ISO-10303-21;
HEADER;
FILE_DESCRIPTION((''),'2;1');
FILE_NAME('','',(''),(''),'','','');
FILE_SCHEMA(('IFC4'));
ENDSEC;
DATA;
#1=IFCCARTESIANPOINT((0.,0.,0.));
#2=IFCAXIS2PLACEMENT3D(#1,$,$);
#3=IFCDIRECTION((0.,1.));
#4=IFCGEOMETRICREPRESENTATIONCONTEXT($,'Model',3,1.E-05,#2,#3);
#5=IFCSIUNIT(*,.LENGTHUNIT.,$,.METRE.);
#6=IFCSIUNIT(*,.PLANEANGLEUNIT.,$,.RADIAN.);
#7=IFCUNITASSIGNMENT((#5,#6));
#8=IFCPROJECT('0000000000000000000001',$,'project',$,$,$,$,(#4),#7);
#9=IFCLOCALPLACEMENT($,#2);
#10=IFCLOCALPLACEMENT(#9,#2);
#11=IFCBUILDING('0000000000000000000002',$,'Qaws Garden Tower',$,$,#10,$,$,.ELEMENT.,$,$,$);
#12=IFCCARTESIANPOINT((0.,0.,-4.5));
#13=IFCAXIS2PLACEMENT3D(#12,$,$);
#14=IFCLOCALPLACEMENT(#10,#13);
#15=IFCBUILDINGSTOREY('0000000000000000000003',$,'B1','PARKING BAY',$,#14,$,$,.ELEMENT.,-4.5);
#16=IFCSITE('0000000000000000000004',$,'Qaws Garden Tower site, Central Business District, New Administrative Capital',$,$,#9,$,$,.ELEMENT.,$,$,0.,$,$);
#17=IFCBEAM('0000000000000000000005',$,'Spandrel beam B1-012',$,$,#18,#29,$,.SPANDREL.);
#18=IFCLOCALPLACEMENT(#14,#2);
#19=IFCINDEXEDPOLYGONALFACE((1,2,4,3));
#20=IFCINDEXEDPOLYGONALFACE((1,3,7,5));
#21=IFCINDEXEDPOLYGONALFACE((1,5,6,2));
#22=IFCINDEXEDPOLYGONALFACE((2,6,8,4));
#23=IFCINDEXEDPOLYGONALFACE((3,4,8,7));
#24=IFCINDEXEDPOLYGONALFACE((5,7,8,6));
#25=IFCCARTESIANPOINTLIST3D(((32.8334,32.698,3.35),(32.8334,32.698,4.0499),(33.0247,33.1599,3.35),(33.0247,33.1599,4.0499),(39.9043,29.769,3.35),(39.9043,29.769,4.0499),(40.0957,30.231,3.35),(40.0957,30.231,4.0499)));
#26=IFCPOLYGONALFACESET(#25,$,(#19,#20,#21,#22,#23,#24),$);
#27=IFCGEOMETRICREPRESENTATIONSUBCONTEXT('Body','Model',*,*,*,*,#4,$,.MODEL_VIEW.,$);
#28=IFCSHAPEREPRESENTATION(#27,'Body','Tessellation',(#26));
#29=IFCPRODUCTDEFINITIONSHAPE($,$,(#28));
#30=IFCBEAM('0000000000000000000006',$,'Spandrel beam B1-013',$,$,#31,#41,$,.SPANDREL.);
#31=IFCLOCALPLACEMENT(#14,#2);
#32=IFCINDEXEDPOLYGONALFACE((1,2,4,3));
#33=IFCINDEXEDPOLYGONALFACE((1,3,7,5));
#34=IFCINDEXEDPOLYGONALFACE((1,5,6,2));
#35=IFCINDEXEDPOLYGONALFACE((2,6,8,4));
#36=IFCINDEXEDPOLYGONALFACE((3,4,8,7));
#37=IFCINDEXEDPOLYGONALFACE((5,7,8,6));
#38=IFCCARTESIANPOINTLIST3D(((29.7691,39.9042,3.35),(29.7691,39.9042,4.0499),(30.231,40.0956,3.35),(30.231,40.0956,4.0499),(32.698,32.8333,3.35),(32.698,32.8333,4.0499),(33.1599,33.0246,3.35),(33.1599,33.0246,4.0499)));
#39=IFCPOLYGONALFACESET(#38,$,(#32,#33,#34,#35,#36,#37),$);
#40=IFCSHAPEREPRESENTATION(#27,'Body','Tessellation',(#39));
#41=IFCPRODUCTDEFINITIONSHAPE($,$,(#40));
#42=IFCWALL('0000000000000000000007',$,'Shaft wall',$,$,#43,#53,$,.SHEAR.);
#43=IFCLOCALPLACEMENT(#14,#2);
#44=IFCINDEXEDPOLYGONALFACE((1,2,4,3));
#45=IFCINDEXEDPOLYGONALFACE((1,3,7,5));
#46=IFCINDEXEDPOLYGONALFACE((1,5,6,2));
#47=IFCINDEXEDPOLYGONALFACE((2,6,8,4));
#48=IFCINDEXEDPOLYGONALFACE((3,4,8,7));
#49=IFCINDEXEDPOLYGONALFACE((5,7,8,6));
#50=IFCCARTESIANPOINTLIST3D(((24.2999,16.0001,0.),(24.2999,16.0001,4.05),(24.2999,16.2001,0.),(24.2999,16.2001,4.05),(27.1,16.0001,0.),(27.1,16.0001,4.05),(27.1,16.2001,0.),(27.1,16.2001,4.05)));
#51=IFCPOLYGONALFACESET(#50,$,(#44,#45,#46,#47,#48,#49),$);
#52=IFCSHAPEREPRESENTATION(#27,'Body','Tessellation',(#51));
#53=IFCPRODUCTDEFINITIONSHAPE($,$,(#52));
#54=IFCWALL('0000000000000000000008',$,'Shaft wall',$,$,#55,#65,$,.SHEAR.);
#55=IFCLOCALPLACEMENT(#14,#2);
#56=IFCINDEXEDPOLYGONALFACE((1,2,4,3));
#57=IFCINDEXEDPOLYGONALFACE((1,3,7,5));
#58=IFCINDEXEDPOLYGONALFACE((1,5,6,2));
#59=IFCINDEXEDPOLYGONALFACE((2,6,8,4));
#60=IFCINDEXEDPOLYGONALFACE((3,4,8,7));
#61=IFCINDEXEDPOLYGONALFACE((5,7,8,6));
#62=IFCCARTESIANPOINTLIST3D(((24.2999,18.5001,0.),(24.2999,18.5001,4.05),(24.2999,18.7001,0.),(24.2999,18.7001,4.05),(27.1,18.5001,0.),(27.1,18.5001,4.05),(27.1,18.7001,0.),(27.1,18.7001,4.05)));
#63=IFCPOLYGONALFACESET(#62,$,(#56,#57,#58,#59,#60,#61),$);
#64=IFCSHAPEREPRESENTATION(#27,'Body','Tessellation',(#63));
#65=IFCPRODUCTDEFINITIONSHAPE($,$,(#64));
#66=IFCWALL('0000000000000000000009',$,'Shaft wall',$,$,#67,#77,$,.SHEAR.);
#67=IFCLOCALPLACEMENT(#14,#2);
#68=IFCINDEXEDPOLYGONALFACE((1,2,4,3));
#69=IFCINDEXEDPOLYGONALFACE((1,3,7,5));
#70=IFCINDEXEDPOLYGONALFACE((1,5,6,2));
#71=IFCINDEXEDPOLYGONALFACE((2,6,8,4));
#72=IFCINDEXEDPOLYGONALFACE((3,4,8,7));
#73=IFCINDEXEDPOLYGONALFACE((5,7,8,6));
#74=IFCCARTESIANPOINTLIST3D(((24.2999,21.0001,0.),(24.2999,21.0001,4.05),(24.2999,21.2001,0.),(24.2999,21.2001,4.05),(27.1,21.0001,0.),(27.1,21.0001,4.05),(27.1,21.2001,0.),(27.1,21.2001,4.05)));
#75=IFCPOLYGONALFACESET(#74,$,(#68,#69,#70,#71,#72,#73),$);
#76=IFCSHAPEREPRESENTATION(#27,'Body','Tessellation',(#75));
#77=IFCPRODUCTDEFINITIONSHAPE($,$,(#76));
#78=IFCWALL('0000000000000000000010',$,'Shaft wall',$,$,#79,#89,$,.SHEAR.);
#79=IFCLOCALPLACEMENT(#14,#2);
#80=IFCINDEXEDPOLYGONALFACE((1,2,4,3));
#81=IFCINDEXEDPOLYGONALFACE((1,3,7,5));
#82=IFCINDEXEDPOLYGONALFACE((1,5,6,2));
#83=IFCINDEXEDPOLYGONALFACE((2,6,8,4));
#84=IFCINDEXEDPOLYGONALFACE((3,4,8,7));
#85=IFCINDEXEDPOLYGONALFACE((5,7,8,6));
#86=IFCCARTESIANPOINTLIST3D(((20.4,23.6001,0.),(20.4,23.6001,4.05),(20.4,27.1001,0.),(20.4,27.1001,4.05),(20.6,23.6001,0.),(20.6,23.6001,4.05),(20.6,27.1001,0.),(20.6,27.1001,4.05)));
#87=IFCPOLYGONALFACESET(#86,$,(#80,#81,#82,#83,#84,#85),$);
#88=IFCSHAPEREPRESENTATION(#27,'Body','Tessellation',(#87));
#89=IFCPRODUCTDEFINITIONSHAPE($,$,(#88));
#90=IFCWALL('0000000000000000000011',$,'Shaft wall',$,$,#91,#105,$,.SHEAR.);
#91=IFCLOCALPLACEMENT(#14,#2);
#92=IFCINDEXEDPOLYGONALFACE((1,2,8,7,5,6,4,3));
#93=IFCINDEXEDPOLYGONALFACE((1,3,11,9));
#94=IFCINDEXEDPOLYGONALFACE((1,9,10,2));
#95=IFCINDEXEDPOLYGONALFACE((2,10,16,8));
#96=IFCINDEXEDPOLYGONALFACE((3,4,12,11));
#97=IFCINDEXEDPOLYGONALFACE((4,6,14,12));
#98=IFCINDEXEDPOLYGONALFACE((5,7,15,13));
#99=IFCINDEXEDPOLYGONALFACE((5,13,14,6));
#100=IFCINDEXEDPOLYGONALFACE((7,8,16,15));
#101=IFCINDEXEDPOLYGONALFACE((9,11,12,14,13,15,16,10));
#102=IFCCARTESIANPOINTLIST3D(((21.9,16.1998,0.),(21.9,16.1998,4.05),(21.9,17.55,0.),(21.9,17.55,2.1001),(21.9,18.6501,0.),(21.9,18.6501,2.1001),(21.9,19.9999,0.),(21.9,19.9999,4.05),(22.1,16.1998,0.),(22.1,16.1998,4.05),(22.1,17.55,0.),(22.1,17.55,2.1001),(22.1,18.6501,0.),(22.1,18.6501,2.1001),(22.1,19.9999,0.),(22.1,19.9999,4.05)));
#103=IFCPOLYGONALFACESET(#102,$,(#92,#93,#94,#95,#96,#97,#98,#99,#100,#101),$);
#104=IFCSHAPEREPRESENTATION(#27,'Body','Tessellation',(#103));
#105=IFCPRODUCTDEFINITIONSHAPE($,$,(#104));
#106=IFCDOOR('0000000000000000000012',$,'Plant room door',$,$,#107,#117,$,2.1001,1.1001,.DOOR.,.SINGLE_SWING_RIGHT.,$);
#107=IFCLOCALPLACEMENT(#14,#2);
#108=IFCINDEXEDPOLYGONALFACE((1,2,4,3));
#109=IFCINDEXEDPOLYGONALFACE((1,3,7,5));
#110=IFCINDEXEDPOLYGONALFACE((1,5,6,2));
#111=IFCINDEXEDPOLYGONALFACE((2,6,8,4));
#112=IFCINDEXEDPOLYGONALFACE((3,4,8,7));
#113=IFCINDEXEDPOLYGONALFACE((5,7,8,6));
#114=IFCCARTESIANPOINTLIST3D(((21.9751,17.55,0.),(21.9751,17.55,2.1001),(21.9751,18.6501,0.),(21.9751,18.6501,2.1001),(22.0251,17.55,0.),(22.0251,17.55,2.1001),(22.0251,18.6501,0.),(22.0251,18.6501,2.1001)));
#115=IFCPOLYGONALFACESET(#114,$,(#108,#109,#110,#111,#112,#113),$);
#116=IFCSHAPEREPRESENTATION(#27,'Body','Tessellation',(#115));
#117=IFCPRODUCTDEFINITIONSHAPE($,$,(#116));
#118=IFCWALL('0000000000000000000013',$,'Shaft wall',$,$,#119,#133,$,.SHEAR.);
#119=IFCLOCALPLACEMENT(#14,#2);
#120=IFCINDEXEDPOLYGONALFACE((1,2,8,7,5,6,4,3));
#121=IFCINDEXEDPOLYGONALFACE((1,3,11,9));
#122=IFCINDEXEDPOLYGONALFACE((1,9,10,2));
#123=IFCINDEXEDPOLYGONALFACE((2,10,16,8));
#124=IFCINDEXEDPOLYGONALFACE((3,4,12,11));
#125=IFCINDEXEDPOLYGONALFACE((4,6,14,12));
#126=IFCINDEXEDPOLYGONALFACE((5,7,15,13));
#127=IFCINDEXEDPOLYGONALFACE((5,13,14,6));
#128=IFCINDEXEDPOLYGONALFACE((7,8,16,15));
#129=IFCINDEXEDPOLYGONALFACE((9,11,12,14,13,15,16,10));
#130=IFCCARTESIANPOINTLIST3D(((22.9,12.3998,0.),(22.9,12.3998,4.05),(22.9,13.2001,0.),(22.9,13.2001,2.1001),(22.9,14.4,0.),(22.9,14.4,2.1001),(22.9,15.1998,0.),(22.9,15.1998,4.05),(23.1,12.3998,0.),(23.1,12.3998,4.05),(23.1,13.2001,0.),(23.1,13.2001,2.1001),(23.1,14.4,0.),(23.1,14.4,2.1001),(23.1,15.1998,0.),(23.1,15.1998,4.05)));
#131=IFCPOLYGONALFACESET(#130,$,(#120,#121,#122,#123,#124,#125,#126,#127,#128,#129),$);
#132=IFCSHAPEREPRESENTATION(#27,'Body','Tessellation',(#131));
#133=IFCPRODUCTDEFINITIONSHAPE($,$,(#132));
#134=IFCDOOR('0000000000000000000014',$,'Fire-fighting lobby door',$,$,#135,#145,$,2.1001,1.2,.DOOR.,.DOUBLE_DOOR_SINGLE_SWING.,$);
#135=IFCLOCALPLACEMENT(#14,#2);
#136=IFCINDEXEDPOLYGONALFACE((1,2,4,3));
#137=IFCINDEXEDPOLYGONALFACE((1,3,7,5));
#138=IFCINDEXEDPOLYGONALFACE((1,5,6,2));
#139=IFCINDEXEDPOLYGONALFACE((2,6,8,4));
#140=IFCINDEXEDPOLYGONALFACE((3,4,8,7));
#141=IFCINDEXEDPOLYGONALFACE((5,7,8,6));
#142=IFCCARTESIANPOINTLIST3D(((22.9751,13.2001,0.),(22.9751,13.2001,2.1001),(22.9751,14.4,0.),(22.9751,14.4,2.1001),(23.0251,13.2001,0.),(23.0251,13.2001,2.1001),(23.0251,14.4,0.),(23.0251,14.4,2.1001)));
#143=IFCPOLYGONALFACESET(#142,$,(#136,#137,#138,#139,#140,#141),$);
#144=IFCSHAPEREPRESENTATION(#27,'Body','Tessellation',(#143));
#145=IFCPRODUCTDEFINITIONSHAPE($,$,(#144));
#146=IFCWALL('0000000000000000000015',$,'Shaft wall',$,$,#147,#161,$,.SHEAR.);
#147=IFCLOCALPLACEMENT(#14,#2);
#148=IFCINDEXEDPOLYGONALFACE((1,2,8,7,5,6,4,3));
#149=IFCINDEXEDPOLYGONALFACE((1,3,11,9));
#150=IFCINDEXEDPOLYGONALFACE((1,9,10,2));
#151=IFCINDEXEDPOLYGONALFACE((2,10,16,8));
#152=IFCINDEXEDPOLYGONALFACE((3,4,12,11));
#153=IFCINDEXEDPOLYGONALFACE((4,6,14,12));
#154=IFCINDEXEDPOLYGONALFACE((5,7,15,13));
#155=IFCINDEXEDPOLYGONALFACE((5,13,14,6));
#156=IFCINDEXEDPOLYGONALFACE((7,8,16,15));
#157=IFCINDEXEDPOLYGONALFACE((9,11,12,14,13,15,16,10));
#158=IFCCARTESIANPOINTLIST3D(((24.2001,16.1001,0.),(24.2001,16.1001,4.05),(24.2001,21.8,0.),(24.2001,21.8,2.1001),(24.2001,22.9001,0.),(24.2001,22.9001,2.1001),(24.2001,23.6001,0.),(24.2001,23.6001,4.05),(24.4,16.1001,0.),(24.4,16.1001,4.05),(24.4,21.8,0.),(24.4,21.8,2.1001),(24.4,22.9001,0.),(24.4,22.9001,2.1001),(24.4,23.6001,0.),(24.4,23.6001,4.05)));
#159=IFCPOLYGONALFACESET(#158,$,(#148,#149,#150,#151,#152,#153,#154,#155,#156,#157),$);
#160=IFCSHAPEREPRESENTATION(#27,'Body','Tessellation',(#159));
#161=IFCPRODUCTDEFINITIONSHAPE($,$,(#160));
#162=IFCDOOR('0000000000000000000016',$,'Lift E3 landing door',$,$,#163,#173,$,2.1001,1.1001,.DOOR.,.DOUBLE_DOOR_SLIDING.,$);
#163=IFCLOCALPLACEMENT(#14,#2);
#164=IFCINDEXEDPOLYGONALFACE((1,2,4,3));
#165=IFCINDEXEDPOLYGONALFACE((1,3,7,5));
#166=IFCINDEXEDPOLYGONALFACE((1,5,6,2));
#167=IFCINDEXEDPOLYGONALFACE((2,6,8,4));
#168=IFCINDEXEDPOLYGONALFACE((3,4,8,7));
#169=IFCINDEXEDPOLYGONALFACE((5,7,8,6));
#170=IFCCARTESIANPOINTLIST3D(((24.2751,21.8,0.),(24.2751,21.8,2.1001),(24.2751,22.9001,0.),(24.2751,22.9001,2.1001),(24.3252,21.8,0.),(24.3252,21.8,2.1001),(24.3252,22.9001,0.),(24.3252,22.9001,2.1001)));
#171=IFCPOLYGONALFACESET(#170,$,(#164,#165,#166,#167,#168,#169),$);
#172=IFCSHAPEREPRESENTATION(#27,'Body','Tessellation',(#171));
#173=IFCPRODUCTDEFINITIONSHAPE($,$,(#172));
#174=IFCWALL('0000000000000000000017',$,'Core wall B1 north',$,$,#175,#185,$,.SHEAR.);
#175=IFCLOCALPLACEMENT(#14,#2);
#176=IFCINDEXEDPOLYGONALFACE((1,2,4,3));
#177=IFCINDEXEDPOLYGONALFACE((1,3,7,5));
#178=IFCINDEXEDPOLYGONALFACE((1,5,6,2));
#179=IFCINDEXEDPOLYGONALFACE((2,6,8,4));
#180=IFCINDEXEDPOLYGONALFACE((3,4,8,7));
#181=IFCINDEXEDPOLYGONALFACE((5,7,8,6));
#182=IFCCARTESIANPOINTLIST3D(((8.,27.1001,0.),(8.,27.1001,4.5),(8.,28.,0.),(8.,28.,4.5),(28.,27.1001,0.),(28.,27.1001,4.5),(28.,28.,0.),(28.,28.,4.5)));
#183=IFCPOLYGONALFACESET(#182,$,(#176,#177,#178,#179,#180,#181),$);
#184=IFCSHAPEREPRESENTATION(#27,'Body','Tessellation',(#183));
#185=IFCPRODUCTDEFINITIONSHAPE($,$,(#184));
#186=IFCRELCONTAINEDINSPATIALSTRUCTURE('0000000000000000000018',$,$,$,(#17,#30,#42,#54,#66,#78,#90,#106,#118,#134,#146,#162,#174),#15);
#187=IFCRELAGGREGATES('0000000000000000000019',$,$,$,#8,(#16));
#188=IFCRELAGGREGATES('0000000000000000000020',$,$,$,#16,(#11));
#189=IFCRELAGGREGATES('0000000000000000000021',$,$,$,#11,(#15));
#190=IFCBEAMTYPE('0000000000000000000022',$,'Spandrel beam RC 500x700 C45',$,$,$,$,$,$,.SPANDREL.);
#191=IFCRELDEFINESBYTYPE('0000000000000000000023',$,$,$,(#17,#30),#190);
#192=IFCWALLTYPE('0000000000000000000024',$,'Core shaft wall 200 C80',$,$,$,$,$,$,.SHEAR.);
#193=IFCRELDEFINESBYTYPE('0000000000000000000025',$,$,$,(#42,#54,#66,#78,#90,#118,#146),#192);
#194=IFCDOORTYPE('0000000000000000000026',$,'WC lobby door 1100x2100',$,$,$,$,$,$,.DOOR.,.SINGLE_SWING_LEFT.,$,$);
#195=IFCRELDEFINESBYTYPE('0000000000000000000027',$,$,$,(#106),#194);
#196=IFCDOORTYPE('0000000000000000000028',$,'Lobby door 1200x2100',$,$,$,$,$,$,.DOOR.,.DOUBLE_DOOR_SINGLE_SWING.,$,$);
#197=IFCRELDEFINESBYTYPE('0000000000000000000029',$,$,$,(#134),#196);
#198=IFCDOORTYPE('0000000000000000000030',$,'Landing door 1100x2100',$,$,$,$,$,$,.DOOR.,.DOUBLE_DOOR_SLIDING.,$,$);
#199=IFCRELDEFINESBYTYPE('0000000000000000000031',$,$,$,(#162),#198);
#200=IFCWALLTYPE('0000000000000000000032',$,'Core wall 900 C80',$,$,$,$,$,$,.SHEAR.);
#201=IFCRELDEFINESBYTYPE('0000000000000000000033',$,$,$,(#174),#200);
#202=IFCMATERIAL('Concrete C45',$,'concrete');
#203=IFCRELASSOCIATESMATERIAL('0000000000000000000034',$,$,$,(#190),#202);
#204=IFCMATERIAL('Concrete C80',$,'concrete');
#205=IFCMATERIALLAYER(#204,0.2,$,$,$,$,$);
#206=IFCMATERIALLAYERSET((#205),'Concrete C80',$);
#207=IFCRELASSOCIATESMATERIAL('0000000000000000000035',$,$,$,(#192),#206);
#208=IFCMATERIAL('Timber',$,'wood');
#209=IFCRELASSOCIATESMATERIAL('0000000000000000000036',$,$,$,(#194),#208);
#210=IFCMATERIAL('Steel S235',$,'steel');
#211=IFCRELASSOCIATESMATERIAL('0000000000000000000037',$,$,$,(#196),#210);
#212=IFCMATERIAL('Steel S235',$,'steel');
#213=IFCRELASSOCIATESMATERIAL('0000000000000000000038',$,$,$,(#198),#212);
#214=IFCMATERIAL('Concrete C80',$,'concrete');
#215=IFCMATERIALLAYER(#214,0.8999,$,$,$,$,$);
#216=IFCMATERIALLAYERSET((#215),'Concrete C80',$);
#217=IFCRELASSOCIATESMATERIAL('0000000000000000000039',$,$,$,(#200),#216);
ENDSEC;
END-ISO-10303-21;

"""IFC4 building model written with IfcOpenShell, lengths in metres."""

from ifc_helpers import new_model, si_unit, direction, frame, frame_2d, origin, origin_2d, place, context, subcontext, project, spatial, rectangle, extrude, material, layer, layer_set, material_profile, profile_set, type_object, element, fill, save


model = new_model("IFC4")

# Units and contexts
model_context = context("Model", 3, precision=1e-05, world=origin(), true_north=direction((0.0, 1.0)))
body_context = subcontext(model_context, "Body", "Model", "MODEL_VIEW")
ifc_project = project(units=[si_unit("LENGTHUNIT", "METRE"), si_unit("PLANEANGLEUNIT", "RADIAN")], contexts=[model_context])

# Site, building, storey
site_placement = place(None, origin())
site = spatial("IfcSite", under=ifc_project, at=site_placement, Name="Qaws Garden Tower site, Central Business District, New Administrative Capital", CompositionType="ELEMENT", RefElevation=0.0)
building_placement = place(site_placement, origin())
building = spatial("IfcBuilding", under=site, at=building_placement, Name="Qaws Garden Tower", CompositionType="ELEMENT")
storey_placement = place(building_placement, frame((0.0, 0.0, -4.5)))
storey = spatial("IfcBuildingStorey", under=building, at=storey_placement, Name="B1", Description="PARKING BAY", CompositionType="ELEMENT", Elevation=-4.5)

# Beams
ifc_material_1 = material(Name="Concrete C45", Category="concrete")
ifc_material_profile_1 = material_profile(ifc_material_1, rectangle(XDim=0.5, YDim=0.7, at=origin_2d()), Name="RC 500x700")
ifc_profile_set_1 = profile_set([ifc_material_profile_1], Name="Concrete C45")
beam_type = type_object("IfcBeamType", Name="Spandrel beam RC 500x700 C45", PredefinedType="SPANDREL", material=ifc_profile_set_1)
for number, where, z_axis, x_axis, name in (
    (1, (40.0, 30.0, 3.7), (-0.923878, 0.382687, 0.0), (-0.382687, -0.923878, 0.0), "Spandrel beam B1-012"),
    (2, (32.929, 32.929, 3.7), (-0.382687, 0.923878, 0.0), (-0.923878, -0.382687, 0.0), "Spandrel beam B1-013"),
):
    element("IfcBeam", number, at=place(storey_placement, frame(where, z_axis=z_axis, x_axis=x_axis)), inside=storey, type_object=beam_type, Name=name, PredefinedType="SPANDREL", context=body_context, shape_type="SweptSolid", body=[
        extrude(rectangle(XDim=0.5, YDim=0.7, at=origin_2d()), origin(), (0.0, 0.0, 1.0), 7.6536),
    ])

# Walls
ifc_material_2 = material(Name="Concrete C80", Category="concrete")
ifc_layer_1 = layer(ifc_material_2, 0.2)
ifc_layer_set_1 = layer_set([ifc_layer_1], Name="Concrete C80")
wall_type_1 = type_object("IfcWallType", Name="Core shaft wall 200 C80", PredefinedType="SHEAR", material=ifc_layer_set_1)
for number, where, z_axis, x_axis, name in (
    (3, (24.3, 16.1001, 0.0), (0.0, 0.0, 1.0), (1.0, 0.0, 0.0), "Shaft wall"),
    (4, (24.3, 18.6001, 0.0), (0.0, 0.0, 1.0), (1.0, 0.0, 0.0), "Shaft wall"),
    (5, (24.3, 21.1001, 0.0), (0.0, 0.0, 1.0), (1.0, 0.0, 0.0), "Shaft wall"),
):
    element("IfcWall", number, at=place(storey_placement, frame(where, z_axis=z_axis, x_axis=x_axis)), inside=storey, type_object=wall_type_1, Name=name, PredefinedType="SHEAR", context=body_context, shape_type="SweptSolid", body=[
        extrude(rectangle(XDim=2.8, YDim=0.2, at=frame_2d((1.3999, 0.0))), origin(), (0.0, 0.0, 1.0), 4.05),
    ])
wall_1_placement = place(storey_placement, frame((20.5, 23.6001, 0.0), z_axis=(0.0, 0.0, 1.0), x_axis=(0.0, 1.0, 0.0)))
element("IfcWall", 6, at=wall_1_placement, inside=storey, type_object=wall_type_1, Name="Shaft wall", PredefinedType="SHEAR", context=body_context, shape_type="SweptSolid", body=[
    extrude(rectangle(XDim=3.5, YDim=0.2, at=frame_2d((1.75, 0.0))), origin(), (0.0, 0.0, 1.0), 4.05),
])

# Walls, openings, doors
wall_2_placement = place(storey_placement, frame((22.0, 16.2, 0.0), z_axis=(0.0, 0.0, 1.0), x_axis=(0.0, 1.0, 0.0)))
wall_2 = element("IfcWall", 7, at=wall_2_placement, inside=storey, type_object=wall_type_1, Name="Shaft wall", PredefinedType="SHEAR", context=body_context, shape_type="SweptSolid", body=[
    extrude(rectangle(XDim=3.8, YDim=0.2, at=frame_2d((1.8999, 0.0))), origin(), (0.0, 0.0, 1.0), 4.05),
])
opening_1_placement = place(wall_2_placement, frame((1.3501, 0.0, 0.0)))
opening_1 = element("IfcOpeningElement", 8, at=opening_1_placement, cuts=wall_2, PredefinedType="OPENING", context=body_context, shape_type="SweptSolid", body=[
    extrude(rectangle(XDim=1.1001, YDim=2.1001, at=frame_2d((0.55, 1.05))), frame((0.0, 0.1099, 0.0), z_axis=(0.0, -1.0, 0.0), x_axis=(1.0, 0.0, 0.0)), (0.0, 0.0, 1.0), 0.22),
])
ifc_material_3 = material(Name="Timber", Category="wood")
door_type_1 = type_object("IfcDoorType", Name="WC lobby door 1100x2100", OperationType="SINGLE_SWING_LEFT", PredefinedType="DOOR", material=ifc_material_3)
door_1_placement = place(opening_1_placement, origin())
door_1 = element("IfcDoor", 9, at=door_1_placement, inside=storey, type_object=door_type_1, Name="Plant room door", OperationType="SINGLE_SWING_RIGHT", OverallHeight=2.1001, OverallWidth=1.1001, PredefinedType="DOOR", context=body_context, shape_type="SweptSolid", body=[
    extrude(rectangle(XDim=1.1001, YDim=2.1001, at=frame_2d((0.55, 1.05))), frame((0.0, 0.0249, 0.0), z_axis=(0.0, -1.0, 0.0), x_axis=(1.0, 0.0, 0.0)), (0.0, 0.0, 1.0), 0.05),
])
fill(opening_1, door_1)
wall_3_placement = place(storey_placement, frame((23.0, 12.3999, 0.0), z_axis=(0.0, 0.0, 1.0), x_axis=(0.0, 1.0, 0.0)))
wall_3 = element("IfcWall", 10, at=wall_3_placement, inside=storey, type_object=wall_type_1, Name="Shaft wall", PredefinedType="SHEAR", context=body_context, shape_type="SweptSolid", body=[
    extrude(rectangle(XDim=2.8, YDim=0.2, at=frame_2d((1.3999, 0.0))), origin(), (0.0, 0.0, 1.0), 4.05),
])
opening_2_placement = place(wall_3_placement, frame((0.8, 0.0, 0.0)))
opening_2 = element("IfcOpeningElement", 11, at=opening_2_placement, cuts=wall_3, PredefinedType="OPENING", context=body_context, shape_type="SweptSolid", body=[
    extrude(rectangle(XDim=1.2, YDim=2.1001, at=frame_2d((0.6001, 1.05))), frame((0.0, 0.1099, 0.0), z_axis=(0.0, -1.0, 0.0), x_axis=(1.0, 0.0, 0.0)), (0.0, 0.0, 1.0), 0.22),
])
ifc_material_4 = material(Name="Steel S235", Category="steel")
door_type_2 = type_object("IfcDoorType", Name="Lobby door 1200x2100", OperationType="DOUBLE_DOOR_SINGLE_SWING", PredefinedType="DOOR", material=ifc_material_4)
door_2_placement = place(opening_2_placement, origin())
door_2 = element("IfcDoor", 12, at=door_2_placement, inside=storey, type_object=door_type_2, Name="Fire-fighting lobby door", OperationType="DOUBLE_DOOR_SINGLE_SWING", OverallHeight=2.1001, OverallWidth=1.2, PredefinedType="DOOR", context=body_context, shape_type="SweptSolid", body=[
    extrude(rectangle(XDim=1.2, YDim=2.1001, at=frame_2d((0.6001, 1.05))), frame((0.0, 0.0249, 0.0), z_axis=(0.0, -1.0, 0.0), x_axis=(1.0, 0.0, 0.0)), (0.0, 0.0, 1.0), 0.05),
])
fill(opening_2, door_2)
wall_4_placement = place(storey_placement, frame((24.3, 16.1001, 0.0), z_axis=(0.0, 0.0, 1.0), x_axis=(0.0, 1.0, 0.0)))
wall_4 = element("IfcWall", 13, at=wall_4_placement, inside=storey, type_object=wall_type_1, Name="Shaft wall", PredefinedType="SHEAR", context=body_context, shape_type="SweptSolid", body=[
    extrude(rectangle(XDim=7.5, YDim=0.2, at=frame_2d((3.75, 0.0))), origin(), (0.0, 0.0, 1.0), 4.05),
])
opening_3_placement = place(wall_4_placement, frame((5.7, 0.0, 0.0)))
opening_3 = element("IfcOpeningElement", 14, at=opening_3_placement, cuts=wall_4, PredefinedType="OPENING", context=body_context, shape_type="SweptSolid", body=[
    extrude(rectangle(XDim=1.1001, YDim=2.1001, at=frame_2d((0.55, 1.05))), frame((0.0, 0.1099, 0.0), z_axis=(0.0, -1.0, 0.0), x_axis=(1.0, 0.0, 0.0)), (0.0, 0.0, 1.0), 0.22),
])
ifc_material_5 = material(Name="Steel S235", Category="steel")
door_type_3 = type_object("IfcDoorType", Name="Landing door 1100x2100", OperationType="DOUBLE_DOOR_SLIDING", PredefinedType="DOOR", material=ifc_material_5)
door_3_placement = place(opening_3_placement, origin())
door_3 = element("IfcDoor", 15, at=door_3_placement, inside=storey, type_object=door_type_3, Name="Lift E3 landing door", OperationType="DOUBLE_DOOR_SLIDING", OverallHeight=2.1001, OverallWidth=1.1001, PredefinedType="DOOR", context=body_context, shape_type="SweptSolid", body=[
    extrude(rectangle(XDim=1.1001, YDim=2.1001, at=frame_2d((0.55, 1.05))), frame((0.0, 0.0249, 0.0), z_axis=(0.0, -1.0, 0.0), x_axis=(1.0, 0.0, 0.0)), (0.0, 0.0, 1.0), 0.05),
])
fill(opening_3, door_3)

# Wall
ifc_material_6 = material(Name="Concrete C80", Category="concrete")
ifc_layer_2 = layer(ifc_material_6, 0.8999)
ifc_layer_set_2 = layer_set([ifc_layer_2], Name="Concrete C80")
wall_type_2 = type_object("IfcWallType", Name="Core wall 900 C80", PredefinedType="SHEAR", material=ifc_layer_set_2)
wall_5_placement = place(storey_placement, frame((28.0, 27.55, 0.0), z_axis=(0.0, 0.0, 1.0), x_axis=(-1.0, 0.0, 0.0)))
element("IfcWall", 16, at=wall_5_placement, inside=storey, type_object=wall_type_2, Name="Core wall B1 north", PredefinedType="SHEAR", context=body_context, shape_type="SweptSolid", body=[
    extrude(rectangle(XDim=20.0, YDim=0.8999, at=frame_2d((10.0, 0.0))), origin(), (0.0, 0.0, 1.0), 4.5),
])

save(model, "model.ifc")
